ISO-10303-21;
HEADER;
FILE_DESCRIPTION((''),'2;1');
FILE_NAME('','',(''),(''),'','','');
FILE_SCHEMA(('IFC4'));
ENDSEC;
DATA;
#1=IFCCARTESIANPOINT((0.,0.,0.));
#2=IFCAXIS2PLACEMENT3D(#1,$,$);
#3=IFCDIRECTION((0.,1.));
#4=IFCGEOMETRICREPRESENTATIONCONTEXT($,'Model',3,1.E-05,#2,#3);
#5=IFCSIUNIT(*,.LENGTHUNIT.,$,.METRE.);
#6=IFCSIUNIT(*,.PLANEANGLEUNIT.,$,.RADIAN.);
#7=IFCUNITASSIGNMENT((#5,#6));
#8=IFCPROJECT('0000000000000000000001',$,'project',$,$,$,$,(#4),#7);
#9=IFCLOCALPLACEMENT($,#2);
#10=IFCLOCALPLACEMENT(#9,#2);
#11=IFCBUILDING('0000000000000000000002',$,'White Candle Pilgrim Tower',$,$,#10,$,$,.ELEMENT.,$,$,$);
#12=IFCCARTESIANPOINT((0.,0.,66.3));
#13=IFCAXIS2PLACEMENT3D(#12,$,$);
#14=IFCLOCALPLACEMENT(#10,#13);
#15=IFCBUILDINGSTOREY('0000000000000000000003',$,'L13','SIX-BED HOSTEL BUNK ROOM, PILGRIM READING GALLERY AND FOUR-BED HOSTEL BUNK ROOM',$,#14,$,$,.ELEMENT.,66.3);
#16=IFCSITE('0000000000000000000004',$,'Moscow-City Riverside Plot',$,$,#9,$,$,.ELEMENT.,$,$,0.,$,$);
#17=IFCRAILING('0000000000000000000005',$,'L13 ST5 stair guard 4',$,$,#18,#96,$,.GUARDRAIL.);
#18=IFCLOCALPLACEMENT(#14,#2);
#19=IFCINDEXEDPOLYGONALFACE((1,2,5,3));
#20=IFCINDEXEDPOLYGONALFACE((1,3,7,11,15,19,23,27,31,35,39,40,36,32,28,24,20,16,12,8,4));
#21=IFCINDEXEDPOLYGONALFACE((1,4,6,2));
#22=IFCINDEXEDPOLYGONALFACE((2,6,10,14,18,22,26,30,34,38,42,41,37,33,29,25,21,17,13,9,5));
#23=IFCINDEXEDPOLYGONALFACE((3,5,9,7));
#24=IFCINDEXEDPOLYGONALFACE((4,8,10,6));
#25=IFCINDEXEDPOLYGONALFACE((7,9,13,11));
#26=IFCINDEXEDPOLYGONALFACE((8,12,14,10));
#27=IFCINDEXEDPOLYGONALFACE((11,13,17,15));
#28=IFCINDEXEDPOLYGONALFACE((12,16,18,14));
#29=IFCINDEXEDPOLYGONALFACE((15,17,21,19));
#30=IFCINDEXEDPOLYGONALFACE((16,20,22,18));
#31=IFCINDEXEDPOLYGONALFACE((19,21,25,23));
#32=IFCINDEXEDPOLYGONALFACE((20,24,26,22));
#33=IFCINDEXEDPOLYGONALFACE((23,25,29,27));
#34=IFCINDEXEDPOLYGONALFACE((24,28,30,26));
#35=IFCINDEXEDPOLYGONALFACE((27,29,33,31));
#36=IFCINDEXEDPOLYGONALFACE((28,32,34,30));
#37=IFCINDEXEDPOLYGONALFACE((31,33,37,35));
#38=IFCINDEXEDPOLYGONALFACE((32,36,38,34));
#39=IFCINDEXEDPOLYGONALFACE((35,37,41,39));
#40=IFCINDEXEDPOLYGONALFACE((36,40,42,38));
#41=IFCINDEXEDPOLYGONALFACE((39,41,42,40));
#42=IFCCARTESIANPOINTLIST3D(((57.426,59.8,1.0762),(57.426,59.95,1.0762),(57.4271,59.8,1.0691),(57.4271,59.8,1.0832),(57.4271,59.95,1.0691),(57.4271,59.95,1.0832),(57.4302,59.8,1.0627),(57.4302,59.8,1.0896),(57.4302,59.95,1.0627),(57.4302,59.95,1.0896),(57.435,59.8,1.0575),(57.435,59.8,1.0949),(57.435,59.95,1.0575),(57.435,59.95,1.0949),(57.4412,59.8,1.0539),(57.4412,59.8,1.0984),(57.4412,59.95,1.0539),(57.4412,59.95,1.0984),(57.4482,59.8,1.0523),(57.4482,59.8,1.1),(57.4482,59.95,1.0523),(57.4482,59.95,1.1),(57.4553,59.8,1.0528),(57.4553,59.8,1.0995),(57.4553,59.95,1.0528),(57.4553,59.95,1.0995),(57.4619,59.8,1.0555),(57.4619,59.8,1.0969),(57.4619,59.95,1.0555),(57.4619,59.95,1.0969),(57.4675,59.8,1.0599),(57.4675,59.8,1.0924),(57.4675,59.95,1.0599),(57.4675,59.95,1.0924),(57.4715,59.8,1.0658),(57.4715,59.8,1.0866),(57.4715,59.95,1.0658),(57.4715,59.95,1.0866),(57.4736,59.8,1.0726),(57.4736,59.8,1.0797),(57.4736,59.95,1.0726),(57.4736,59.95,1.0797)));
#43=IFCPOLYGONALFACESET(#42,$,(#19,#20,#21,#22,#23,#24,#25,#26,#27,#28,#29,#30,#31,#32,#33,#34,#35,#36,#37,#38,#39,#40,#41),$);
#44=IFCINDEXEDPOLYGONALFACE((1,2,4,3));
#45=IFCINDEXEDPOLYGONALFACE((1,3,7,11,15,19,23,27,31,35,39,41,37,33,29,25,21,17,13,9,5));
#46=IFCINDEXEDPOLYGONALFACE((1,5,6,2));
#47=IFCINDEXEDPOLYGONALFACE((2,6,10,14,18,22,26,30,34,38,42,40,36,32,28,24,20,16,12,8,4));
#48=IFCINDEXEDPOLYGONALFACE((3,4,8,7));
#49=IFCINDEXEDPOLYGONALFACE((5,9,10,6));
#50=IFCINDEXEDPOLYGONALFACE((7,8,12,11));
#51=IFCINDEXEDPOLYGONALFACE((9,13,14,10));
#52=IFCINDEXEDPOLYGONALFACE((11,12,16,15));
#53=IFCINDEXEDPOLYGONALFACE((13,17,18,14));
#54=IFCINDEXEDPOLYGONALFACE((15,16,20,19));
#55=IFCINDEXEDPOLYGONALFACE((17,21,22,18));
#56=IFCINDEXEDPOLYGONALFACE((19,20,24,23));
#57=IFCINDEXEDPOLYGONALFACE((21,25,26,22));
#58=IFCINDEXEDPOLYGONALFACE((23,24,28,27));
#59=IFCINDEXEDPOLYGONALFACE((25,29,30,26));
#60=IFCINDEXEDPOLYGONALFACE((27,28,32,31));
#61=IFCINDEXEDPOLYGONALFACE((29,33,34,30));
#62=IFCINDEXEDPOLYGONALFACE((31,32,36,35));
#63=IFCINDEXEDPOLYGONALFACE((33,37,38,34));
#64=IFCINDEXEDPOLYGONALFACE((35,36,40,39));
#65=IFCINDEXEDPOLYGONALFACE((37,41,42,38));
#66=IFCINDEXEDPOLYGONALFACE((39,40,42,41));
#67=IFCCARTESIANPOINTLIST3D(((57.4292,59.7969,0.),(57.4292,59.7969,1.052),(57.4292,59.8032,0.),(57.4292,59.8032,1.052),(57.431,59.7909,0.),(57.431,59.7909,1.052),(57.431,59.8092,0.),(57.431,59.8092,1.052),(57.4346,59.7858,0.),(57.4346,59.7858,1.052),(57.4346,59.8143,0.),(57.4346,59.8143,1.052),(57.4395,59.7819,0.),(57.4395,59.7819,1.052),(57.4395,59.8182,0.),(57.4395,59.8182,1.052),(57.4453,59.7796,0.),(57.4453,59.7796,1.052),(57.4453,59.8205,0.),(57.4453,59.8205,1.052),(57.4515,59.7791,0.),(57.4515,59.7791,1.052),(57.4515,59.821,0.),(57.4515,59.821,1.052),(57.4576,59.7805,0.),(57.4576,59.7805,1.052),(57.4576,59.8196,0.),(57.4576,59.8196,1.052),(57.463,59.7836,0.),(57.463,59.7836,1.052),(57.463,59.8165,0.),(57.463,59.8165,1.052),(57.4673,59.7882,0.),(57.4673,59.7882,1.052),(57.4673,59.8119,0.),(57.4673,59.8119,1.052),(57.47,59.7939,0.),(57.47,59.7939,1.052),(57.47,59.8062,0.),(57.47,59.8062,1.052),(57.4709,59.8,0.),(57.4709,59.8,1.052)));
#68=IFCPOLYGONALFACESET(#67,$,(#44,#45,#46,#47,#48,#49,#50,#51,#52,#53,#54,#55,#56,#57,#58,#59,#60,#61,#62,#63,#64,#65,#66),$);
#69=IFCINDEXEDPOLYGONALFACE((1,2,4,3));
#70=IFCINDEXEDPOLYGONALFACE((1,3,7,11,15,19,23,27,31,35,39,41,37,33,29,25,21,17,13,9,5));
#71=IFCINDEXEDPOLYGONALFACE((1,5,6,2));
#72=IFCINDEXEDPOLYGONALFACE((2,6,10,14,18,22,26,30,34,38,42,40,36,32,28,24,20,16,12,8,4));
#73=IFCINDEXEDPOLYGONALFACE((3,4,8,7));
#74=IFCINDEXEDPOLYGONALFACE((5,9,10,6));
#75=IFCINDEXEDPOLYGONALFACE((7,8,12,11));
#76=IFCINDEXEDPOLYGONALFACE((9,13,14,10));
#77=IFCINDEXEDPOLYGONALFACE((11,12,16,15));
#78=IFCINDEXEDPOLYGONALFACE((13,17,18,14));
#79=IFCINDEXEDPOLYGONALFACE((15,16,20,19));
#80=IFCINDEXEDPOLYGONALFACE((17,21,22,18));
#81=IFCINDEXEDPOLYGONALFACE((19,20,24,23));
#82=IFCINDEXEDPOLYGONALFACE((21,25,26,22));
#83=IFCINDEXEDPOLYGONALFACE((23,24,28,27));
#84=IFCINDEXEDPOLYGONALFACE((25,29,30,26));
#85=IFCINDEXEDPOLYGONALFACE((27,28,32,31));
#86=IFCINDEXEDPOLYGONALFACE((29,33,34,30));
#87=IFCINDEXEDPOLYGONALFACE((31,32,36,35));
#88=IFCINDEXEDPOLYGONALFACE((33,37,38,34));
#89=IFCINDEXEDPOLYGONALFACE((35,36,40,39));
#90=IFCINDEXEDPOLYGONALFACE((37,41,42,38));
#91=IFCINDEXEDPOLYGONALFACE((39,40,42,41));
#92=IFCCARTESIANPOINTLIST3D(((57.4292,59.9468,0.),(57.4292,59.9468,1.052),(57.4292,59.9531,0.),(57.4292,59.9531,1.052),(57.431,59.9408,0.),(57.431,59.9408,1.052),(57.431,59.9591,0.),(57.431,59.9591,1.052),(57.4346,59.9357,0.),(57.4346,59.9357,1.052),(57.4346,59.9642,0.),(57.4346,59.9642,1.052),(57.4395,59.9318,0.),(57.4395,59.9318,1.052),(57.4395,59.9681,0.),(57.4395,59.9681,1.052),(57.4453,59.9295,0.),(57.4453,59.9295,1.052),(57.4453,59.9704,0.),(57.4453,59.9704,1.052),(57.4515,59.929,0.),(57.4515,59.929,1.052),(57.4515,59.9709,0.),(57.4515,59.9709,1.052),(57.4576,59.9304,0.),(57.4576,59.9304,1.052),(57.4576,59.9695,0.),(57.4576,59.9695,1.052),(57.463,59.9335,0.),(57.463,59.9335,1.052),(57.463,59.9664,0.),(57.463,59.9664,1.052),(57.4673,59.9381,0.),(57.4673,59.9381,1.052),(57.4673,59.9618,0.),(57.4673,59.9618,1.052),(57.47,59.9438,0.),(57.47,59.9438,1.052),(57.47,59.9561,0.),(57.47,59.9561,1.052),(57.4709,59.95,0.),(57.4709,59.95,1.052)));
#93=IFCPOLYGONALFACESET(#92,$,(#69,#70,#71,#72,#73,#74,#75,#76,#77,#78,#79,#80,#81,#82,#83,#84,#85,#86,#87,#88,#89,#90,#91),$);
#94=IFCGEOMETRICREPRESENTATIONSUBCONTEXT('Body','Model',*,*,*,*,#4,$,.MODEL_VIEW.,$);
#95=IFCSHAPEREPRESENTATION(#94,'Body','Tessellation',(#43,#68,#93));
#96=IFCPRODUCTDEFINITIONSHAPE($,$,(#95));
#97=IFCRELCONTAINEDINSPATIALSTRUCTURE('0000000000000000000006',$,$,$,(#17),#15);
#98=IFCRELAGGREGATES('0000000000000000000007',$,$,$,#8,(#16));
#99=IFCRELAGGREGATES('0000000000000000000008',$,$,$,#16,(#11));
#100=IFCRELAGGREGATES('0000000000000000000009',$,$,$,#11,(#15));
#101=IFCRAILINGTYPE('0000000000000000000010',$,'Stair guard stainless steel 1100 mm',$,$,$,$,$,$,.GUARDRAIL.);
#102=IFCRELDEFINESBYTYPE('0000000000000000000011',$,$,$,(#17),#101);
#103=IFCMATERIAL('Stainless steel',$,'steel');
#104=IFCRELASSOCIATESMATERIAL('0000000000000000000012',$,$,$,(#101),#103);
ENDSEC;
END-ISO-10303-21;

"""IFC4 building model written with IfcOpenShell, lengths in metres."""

from ifc_helpers import new_model, si_unit, direction, frame, origin, origin_2d, place, context, subcontext, project, spatial, circle, extrude, material, type_object, element, save


model = new_model("IFC4")

# Units and contexts
model_context = context("Model", 3, precision=1e-05, world=origin(), true_north=direction((0.0, 1.0)))
body_context = subcontext(model_context, "Body", "Model", "MODEL_VIEW")
ifc_project = project(units=[si_unit("LENGTHUNIT", "METRE"), si_unit("PLANEANGLEUNIT", "RADIAN")], contexts=[model_context])

# Site, building, storey
site_placement = place(None, origin())
site = spatial("IfcSite", under=ifc_project, at=site_placement, Name="Moscow-City Riverside Plot", CompositionType="ELEMENT", RefElevation=0.0)
building_placement = place(site_placement, origin())
building = spatial("IfcBuilding", under=site, at=building_placement, Name="White Candle Pilgrim Tower", CompositionType="ELEMENT")
storey_placement = place(building_placement, frame((0.0, 0.0, 66.3)))
storey = spatial("IfcBuildingStorey", under=building, at=storey_placement, Name="L13", Description="SIX-BED HOSTEL BUNK ROOM, PILGRIM READING GALLERY AND FOUR-BED HOSTEL BUNK ROOM", CompositionType="ELEMENT", Elevation=66.3)

# Railing
ifc_material_1 = material(Name="Stainless steel", Category="steel")
railing_type_1 = type_object("IfcRailingType", Name="Stair guard stainless steel 1100 mm", PredefinedType="GUARDRAIL", material=ifc_material_1)
railing_1_placement = place(storey_placement, frame((57.45, 59.8, 0.0)))
element("IfcRailing", 1, at=railing_1_placement, inside=storey, type_object=railing_type_1, Name="L13 ST5 stair guard 4", PredefinedType="GUARDRAIL", context=body_context, shape_type="SweptSolid", body=[
    extrude(circle(Radius=0.0239, at=origin_2d()), frame((0.0, 0.0, 1.0762), z_axis=(0.0, 1.0, 0.0), x_axis=(-1.0, 0.0, 0.0)), (0.0, 0.0, 1.0), 0.1499),
    extrude(circle(Radius=0.021, at=origin_2d()), origin(), (0.0, 0.0, 1.0), 1.052),
    extrude(circle(Radius=0.021, at=origin_2d()), frame((0.0, 0.1499, 0.0)), (0.0, 0.0, 1.0), 1.052),
])

save(model, "model.ifc")
